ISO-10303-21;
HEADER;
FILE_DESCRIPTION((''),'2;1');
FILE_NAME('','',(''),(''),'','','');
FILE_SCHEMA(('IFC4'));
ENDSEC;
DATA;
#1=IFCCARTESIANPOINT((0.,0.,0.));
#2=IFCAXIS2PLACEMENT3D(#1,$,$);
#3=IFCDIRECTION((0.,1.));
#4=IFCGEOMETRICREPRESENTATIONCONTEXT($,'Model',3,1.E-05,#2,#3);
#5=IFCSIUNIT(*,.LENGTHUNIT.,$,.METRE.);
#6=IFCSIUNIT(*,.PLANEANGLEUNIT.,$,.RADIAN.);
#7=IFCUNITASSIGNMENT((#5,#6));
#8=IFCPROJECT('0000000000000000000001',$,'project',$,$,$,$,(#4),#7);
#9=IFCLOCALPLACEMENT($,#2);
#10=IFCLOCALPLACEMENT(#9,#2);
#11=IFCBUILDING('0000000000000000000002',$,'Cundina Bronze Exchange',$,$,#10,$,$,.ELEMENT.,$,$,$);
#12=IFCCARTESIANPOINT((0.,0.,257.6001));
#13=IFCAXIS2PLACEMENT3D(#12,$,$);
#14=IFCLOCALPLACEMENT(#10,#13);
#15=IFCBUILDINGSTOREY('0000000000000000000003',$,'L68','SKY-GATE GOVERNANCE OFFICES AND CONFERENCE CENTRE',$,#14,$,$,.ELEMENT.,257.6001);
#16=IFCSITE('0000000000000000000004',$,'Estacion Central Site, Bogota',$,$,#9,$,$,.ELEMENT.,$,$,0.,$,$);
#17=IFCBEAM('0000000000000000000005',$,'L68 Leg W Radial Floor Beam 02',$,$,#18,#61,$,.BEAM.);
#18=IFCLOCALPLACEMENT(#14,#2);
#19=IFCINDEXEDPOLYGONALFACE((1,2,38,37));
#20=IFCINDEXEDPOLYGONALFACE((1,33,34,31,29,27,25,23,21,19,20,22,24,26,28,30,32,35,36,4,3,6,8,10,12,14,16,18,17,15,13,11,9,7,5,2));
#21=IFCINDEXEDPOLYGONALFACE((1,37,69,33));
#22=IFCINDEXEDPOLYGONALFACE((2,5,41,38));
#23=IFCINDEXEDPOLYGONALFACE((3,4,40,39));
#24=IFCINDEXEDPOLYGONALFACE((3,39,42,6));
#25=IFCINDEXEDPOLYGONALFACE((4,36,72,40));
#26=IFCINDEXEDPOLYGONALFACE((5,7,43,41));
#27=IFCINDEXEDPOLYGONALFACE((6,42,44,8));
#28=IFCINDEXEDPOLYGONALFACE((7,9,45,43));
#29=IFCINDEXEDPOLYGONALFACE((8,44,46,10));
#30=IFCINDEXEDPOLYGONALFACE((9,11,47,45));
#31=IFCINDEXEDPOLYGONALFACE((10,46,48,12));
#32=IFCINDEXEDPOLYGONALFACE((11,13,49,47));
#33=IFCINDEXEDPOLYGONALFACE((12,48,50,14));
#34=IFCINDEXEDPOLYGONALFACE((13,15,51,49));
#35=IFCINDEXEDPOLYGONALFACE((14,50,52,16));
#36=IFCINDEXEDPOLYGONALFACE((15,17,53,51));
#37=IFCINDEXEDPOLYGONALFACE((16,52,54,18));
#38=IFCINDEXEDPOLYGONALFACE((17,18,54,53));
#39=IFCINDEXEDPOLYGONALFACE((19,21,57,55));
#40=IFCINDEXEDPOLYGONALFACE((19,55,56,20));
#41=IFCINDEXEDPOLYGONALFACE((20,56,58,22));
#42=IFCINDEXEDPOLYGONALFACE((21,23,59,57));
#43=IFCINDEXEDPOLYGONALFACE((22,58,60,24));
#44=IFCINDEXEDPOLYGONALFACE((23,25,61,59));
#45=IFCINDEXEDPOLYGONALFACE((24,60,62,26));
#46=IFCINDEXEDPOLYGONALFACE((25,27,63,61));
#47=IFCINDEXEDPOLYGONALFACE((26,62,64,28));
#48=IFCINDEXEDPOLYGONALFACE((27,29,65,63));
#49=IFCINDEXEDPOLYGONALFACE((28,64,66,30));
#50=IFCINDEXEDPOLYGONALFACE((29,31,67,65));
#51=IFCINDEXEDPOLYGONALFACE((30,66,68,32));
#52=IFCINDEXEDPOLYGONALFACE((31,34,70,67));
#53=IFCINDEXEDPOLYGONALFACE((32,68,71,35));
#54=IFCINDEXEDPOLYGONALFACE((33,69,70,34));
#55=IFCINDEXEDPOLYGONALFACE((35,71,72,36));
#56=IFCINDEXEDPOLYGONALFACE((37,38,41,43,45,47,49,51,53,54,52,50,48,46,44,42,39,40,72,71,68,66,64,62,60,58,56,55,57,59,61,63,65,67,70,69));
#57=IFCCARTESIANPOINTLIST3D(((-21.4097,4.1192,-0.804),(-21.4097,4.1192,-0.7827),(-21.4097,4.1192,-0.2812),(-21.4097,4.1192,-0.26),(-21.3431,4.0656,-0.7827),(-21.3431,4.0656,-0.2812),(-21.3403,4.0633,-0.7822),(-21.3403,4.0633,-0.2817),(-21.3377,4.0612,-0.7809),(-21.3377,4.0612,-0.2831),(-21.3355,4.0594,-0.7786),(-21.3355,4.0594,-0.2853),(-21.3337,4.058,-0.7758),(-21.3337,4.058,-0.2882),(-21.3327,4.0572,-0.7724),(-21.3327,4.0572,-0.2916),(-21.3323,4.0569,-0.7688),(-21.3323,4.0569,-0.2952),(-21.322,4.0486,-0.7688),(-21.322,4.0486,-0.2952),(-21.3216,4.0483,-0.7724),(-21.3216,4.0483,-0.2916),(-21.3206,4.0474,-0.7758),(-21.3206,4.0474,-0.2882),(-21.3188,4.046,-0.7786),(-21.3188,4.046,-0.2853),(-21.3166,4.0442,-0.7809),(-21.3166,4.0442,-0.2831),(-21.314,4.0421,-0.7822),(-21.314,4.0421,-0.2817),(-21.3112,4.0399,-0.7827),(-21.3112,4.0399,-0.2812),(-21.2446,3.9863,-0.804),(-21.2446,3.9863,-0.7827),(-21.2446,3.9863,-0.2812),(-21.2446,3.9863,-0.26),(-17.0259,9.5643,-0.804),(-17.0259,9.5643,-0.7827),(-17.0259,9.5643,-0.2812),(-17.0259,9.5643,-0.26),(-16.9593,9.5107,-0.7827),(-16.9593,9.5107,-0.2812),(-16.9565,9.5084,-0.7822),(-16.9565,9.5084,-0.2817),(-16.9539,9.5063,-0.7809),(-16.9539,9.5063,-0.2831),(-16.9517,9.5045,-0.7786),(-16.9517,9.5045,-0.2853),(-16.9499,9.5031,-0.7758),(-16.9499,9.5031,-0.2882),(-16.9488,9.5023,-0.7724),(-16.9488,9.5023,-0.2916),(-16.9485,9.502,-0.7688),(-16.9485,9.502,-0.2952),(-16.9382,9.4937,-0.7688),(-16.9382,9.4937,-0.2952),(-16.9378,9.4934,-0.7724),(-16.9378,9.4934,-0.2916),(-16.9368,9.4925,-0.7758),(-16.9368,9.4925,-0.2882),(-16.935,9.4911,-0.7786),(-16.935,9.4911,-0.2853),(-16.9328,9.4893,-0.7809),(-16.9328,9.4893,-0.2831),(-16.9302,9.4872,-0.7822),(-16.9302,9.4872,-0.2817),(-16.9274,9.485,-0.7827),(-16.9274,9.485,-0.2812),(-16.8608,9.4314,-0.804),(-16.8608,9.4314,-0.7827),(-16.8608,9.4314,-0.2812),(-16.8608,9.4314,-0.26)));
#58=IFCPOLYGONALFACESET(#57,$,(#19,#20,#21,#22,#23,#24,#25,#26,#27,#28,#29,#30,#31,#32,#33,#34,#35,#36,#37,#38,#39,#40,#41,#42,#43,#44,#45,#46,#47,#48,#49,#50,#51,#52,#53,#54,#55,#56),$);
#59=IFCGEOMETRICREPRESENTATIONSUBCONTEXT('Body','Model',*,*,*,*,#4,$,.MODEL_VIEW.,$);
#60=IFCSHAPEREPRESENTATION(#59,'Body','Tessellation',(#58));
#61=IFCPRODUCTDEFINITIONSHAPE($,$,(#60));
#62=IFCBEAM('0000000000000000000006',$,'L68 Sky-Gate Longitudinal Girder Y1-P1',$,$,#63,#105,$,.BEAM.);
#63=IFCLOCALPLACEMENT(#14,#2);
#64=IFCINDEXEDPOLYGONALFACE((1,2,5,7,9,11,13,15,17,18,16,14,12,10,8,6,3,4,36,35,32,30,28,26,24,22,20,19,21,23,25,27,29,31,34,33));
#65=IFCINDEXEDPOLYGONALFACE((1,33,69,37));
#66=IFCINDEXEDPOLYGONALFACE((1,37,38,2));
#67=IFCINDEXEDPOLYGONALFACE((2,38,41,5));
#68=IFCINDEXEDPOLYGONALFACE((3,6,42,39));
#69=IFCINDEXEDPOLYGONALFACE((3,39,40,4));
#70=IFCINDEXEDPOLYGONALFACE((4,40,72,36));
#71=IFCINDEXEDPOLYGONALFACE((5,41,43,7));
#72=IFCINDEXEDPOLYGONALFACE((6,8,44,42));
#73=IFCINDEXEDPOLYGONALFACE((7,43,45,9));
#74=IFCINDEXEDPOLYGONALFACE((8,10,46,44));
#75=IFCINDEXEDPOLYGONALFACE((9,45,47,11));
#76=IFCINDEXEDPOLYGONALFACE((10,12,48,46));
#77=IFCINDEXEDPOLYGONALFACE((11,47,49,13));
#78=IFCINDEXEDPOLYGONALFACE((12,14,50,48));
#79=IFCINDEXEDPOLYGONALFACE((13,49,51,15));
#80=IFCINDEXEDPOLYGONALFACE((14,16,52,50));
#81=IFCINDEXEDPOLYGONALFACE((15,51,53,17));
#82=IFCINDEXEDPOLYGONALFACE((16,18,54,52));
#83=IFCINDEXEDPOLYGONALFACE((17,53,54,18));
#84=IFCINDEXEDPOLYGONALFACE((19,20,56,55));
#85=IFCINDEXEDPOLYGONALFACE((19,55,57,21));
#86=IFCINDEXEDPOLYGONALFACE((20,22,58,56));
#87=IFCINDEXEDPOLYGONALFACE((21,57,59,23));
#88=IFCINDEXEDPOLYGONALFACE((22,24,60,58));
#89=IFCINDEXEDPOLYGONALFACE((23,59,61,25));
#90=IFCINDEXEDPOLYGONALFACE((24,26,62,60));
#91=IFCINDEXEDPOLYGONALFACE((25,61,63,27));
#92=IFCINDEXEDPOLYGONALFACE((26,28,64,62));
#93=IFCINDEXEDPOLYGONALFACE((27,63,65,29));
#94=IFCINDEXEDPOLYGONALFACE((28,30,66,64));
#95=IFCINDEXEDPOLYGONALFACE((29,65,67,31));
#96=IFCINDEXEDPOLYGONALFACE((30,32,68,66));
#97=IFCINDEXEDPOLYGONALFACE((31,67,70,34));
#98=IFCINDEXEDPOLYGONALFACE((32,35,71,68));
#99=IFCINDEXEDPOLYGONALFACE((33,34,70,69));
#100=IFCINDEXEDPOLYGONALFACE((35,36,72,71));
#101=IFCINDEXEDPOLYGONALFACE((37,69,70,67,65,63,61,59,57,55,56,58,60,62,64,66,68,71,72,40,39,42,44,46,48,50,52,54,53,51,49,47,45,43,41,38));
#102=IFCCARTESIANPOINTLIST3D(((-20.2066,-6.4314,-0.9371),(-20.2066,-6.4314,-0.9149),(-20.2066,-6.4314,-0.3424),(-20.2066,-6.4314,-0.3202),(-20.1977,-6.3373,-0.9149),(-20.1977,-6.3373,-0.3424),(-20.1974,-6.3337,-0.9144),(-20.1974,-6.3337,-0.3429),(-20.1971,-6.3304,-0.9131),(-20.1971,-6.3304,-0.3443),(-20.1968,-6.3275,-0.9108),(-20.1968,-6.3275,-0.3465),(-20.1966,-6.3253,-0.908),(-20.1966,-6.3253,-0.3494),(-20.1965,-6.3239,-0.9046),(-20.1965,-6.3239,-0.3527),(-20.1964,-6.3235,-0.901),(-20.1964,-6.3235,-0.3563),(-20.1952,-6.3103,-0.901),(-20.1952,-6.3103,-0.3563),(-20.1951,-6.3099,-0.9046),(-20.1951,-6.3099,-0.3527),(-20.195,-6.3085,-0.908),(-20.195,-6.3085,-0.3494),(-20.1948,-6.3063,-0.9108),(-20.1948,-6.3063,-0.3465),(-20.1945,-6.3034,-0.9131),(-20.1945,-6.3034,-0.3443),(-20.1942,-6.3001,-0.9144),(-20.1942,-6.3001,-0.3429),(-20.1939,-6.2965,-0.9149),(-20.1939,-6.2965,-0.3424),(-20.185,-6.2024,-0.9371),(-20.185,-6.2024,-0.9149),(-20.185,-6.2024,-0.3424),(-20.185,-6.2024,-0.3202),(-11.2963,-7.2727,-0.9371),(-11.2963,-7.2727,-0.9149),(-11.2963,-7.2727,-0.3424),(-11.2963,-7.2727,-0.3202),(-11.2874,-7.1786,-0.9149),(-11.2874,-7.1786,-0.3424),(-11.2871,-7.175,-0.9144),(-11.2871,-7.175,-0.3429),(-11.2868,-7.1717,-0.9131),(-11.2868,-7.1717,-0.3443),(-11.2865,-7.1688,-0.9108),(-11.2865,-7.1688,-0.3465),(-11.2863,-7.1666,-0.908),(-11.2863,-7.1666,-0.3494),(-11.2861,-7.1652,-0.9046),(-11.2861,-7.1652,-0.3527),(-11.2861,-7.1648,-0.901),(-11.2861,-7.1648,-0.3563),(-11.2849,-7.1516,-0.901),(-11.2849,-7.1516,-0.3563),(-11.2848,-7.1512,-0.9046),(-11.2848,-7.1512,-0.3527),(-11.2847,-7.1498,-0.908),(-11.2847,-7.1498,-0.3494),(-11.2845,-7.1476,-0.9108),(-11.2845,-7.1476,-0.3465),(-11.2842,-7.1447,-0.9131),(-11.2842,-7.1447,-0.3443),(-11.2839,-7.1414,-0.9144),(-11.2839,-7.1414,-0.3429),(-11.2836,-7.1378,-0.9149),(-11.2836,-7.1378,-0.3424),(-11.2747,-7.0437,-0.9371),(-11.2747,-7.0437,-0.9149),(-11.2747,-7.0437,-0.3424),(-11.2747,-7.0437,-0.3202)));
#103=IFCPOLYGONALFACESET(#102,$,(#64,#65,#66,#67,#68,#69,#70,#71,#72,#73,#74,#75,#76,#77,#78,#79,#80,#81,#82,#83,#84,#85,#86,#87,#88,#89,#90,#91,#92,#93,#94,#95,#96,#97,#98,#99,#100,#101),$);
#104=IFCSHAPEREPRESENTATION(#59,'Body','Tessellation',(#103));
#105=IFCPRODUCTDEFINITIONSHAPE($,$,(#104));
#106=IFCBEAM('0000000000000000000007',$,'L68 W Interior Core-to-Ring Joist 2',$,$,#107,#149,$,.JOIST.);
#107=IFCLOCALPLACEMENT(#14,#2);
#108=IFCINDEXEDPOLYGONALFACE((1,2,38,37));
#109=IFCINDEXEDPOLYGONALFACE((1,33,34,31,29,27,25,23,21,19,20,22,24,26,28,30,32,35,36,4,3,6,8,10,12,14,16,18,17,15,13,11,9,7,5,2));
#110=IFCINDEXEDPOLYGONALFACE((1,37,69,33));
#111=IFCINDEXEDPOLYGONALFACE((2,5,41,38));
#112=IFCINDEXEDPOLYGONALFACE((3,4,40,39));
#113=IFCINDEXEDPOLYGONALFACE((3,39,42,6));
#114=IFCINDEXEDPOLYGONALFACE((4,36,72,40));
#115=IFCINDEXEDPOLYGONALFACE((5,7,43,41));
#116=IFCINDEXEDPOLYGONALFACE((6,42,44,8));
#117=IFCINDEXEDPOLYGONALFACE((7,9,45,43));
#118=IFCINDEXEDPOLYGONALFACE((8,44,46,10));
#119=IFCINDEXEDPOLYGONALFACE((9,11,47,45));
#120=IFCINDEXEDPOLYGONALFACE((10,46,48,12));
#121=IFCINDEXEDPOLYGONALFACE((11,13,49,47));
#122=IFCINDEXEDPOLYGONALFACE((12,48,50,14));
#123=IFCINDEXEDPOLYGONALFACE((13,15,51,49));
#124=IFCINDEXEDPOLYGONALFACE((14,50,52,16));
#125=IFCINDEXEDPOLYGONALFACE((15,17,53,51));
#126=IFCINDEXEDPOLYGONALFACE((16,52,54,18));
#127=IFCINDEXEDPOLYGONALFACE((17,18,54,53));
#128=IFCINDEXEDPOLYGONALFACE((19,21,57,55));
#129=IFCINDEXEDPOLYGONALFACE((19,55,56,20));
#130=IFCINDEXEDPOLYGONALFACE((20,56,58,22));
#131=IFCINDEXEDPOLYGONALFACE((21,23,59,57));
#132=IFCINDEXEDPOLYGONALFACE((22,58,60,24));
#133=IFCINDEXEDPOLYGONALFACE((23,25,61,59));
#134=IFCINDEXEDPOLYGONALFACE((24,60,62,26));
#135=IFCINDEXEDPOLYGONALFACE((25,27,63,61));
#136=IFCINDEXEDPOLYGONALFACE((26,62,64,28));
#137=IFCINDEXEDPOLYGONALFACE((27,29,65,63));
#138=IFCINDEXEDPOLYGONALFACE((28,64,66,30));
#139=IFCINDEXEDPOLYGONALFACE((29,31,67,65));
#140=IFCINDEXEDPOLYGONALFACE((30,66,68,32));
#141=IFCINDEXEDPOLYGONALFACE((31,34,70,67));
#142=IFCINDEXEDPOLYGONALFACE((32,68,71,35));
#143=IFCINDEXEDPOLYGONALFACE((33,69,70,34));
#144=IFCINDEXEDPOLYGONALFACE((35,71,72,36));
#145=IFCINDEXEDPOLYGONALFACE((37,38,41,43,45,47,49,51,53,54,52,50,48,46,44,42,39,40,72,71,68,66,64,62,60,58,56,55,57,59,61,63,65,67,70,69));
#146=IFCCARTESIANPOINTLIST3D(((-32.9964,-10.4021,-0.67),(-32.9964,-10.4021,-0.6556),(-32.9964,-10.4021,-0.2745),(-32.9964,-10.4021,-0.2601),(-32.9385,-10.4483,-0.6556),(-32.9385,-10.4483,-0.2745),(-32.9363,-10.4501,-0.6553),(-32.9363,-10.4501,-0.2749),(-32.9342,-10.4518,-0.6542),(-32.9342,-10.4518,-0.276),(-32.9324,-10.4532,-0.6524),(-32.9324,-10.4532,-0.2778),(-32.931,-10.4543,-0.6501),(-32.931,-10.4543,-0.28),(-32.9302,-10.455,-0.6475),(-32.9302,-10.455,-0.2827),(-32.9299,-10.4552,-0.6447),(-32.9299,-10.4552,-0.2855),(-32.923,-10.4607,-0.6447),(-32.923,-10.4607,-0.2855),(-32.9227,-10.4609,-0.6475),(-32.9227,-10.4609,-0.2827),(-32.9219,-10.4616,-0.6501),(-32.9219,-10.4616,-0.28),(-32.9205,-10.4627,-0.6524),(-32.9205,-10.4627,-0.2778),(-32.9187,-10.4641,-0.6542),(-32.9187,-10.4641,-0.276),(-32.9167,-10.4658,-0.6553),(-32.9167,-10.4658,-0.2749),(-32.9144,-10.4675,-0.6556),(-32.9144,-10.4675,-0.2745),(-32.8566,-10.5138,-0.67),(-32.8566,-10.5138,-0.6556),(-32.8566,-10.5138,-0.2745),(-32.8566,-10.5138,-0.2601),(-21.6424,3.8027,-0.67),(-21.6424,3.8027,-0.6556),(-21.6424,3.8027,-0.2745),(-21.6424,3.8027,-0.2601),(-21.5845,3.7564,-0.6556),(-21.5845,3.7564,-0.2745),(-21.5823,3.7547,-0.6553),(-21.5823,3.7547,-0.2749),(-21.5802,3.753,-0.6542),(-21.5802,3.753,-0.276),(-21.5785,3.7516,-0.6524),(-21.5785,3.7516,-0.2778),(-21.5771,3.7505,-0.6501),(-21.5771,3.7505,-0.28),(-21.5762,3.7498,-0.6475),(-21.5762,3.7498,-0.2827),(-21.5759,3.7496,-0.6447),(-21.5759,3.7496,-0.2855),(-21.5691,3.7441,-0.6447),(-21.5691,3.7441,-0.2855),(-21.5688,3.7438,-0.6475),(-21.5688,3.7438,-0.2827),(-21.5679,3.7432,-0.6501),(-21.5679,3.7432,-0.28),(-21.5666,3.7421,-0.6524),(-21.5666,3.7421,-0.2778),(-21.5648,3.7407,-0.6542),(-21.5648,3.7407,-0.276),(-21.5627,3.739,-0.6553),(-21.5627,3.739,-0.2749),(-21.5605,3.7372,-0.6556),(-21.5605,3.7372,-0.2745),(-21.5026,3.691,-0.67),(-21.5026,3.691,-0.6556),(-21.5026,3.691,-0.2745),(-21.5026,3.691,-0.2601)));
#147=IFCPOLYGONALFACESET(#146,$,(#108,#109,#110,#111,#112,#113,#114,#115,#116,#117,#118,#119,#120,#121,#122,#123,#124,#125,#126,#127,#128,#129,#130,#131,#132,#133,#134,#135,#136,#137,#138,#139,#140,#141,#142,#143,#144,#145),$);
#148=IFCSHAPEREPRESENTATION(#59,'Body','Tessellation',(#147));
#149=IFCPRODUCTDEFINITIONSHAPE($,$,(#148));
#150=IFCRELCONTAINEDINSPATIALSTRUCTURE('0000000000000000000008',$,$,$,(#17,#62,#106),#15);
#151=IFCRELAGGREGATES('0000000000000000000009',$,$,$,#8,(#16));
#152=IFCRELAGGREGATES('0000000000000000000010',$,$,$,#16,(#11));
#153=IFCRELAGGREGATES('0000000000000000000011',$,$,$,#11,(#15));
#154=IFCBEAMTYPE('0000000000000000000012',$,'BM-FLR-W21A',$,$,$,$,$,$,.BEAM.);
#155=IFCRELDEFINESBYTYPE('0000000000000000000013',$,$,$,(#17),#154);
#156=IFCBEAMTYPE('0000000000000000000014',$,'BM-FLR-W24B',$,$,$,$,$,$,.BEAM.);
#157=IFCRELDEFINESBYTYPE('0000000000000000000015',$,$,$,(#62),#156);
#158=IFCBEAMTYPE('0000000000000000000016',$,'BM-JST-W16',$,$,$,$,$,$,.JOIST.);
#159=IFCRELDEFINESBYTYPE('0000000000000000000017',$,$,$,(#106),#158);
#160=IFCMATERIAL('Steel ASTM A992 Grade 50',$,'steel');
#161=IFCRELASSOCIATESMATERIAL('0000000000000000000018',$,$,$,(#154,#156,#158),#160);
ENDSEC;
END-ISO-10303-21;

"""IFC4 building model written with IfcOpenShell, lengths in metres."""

from ifc_helpers import new_model, si_unit, direction, frame, origin, origin_2d, place, context, subcontext, project, spatial, i_section, extrude, material, material_profile, profile_set, type_object, element, save


model = new_model("IFC4")

# Units and contexts
model_context = context("Model", 3, precision=1e-05, world=origin(), true_north=direction((0.0, 1.0)))
body_context = subcontext(model_context, "Body", "Model", "MODEL_VIEW")
ifc_project = project(units=[si_unit("LENGTHUNIT", "METRE"), si_unit("PLANEANGLEUNIT", "RADIAN")], contexts=[model_context])

# Site, building, storey
site_placement = place(None, origin())
site = spatial("IfcSite", under=ifc_project, at=site_placement, Name="Estacion Central Site, Bogota", CompositionType="ELEMENT", RefElevation=0.0)
building_placement = place(site_placement, origin())
building = spatial("IfcBuilding", under=site, at=building_placement, Name="Cundina Bronze Exchange", CompositionType="ELEMENT")
storey_placement = place(building_placement, frame((0.0, 0.0, 257.6001)))
storey = spatial("IfcBuildingStorey", under=building, at=storey_placement, Name="L68", Description="SKY-GATE GOVERNANCE OFFICES AND CONFERENCE CENTRE", CompositionType="ELEMENT", Elevation=257.6001)

# Shared definitions
ifc_material_1 = material(Name="Steel ASTM A992 Grade 50", Category="steel")

# Beams
ifc_material_profile_1 = material_profile(ifc_material_1, i_section(OverallWidth=0.2119, OverallDepth=0.5439, WebThickness=0.0132, FlangeThickness=0.0212, FilletRadius=0.0139, at=origin_2d()), Name="W21X83", Category="steel")
ifc_profile_set_1 = profile_set([ifc_material_profile_1], Name="Steel ASTM A992 Grade 50")
beam_type_1 = type_object("IfcBeamType", Name="BM-FLR-W21A", PredefinedType="BEAM", material=ifc_profile_set_1)
beam_1_placement = place(storey_placement, frame((-21.3271, 4.0527, -0.532), z_axis=(0.627111, 0.77893, 0.0), x_axis=(-0.77893, 0.627111, 0.0)))
element("IfcBeam", 1, at=beam_1_placement, inside=storey, type_object=beam_type_1, Name="L68 Leg W Radial Floor Beam 02", PredefinedType="BEAM", context=body_context, shape_type="SweptSolid", body=[
    extrude(i_section(OverallWidth=0.2119, OverallDepth=0.5439, WebThickness=0.0132, FlangeThickness=0.0212, FilletRadius=0.0139, at=origin_2d()), origin(), (0.0, 0.0, 1.0), 6.9905),
])
ifc_material_profile_2 = material_profile(ifc_material_1, i_section(OverallWidth=0.23, OverallDepth=0.6169, WebThickness=0.0132, FlangeThickness=0.0222, FilletRadius=0.0139, at=origin_2d()), Name="W24X94", Category="steel")
ifc_profile_set_2 = profile_set([ifc_material_profile_2], Name="Steel ASTM A992 Grade 50")
beam_type_2 = type_object("IfcBeamType", Name="BM-FLR-W24B", PredefinedType="BEAM", material=ifc_profile_set_2)
beam_2_placement = place(storey_placement, frame((-20.1958, -6.3169, -0.6287), z_axis=(0.995572, -0.094001, 0.0), x_axis=(0.094001, 0.995572, 0.0)))
element("IfcBeam", 2, at=beam_2_placement, inside=storey, type_object=beam_type_2, Name="L68 Sky-Gate Longitudinal Girder Y1-P1", PredefinedType="BEAM", context=body_context, shape_type="SweptSolid", body=[
    extrude(i_section(OverallWidth=0.23, OverallDepth=0.6169, WebThickness=0.0132, FlangeThickness=0.0222, FilletRadius=0.0139, at=origin_2d()), origin(), (0.0, 0.0, 1.0), 8.95),
])
ifc_material_profile_3 = material_profile(ifc_material_1, i_section(OverallWidth=0.179, OverallDepth=0.4099, WebThickness=0.0088, FlangeThickness=0.0144, FilletRadius=0.011, at=origin_2d()), Name="W16X45", Category="steel")
ifc_profile_set_3 = profile_set([ifc_material_profile_3], Name="Steel ASTM A992 Grade 50")
beam_type_3 = type_object("IfcBeamType", Name="BM-JST-W16", PredefinedType="JOIST", material=ifc_profile_set_3)
beam_3_placement = place(storey_placement, frame((-21.5725, 3.7468, -0.4651), z_axis=(-0.624364, -0.781133, 0.0), x_axis=(0.781133, -0.624364, 0.0)))
element("IfcBeam", 3, at=beam_3_placement, inside=storey, type_object=beam_type_3, Name="L68 W Interior Core-to-Ring Joist 2", PredefinedType="JOIST", context=body_context, shape_type="SweptSolid", body=[
    extrude(i_section(OverallWidth=0.179, OverallDepth=0.4099, WebThickness=0.0088, FlangeThickness=0.0144, FilletRadius=0.011, at=origin_2d()), origin(), (0.0, 0.0, 1.0), 18.1848),
])

save(model, "model.ifc")
